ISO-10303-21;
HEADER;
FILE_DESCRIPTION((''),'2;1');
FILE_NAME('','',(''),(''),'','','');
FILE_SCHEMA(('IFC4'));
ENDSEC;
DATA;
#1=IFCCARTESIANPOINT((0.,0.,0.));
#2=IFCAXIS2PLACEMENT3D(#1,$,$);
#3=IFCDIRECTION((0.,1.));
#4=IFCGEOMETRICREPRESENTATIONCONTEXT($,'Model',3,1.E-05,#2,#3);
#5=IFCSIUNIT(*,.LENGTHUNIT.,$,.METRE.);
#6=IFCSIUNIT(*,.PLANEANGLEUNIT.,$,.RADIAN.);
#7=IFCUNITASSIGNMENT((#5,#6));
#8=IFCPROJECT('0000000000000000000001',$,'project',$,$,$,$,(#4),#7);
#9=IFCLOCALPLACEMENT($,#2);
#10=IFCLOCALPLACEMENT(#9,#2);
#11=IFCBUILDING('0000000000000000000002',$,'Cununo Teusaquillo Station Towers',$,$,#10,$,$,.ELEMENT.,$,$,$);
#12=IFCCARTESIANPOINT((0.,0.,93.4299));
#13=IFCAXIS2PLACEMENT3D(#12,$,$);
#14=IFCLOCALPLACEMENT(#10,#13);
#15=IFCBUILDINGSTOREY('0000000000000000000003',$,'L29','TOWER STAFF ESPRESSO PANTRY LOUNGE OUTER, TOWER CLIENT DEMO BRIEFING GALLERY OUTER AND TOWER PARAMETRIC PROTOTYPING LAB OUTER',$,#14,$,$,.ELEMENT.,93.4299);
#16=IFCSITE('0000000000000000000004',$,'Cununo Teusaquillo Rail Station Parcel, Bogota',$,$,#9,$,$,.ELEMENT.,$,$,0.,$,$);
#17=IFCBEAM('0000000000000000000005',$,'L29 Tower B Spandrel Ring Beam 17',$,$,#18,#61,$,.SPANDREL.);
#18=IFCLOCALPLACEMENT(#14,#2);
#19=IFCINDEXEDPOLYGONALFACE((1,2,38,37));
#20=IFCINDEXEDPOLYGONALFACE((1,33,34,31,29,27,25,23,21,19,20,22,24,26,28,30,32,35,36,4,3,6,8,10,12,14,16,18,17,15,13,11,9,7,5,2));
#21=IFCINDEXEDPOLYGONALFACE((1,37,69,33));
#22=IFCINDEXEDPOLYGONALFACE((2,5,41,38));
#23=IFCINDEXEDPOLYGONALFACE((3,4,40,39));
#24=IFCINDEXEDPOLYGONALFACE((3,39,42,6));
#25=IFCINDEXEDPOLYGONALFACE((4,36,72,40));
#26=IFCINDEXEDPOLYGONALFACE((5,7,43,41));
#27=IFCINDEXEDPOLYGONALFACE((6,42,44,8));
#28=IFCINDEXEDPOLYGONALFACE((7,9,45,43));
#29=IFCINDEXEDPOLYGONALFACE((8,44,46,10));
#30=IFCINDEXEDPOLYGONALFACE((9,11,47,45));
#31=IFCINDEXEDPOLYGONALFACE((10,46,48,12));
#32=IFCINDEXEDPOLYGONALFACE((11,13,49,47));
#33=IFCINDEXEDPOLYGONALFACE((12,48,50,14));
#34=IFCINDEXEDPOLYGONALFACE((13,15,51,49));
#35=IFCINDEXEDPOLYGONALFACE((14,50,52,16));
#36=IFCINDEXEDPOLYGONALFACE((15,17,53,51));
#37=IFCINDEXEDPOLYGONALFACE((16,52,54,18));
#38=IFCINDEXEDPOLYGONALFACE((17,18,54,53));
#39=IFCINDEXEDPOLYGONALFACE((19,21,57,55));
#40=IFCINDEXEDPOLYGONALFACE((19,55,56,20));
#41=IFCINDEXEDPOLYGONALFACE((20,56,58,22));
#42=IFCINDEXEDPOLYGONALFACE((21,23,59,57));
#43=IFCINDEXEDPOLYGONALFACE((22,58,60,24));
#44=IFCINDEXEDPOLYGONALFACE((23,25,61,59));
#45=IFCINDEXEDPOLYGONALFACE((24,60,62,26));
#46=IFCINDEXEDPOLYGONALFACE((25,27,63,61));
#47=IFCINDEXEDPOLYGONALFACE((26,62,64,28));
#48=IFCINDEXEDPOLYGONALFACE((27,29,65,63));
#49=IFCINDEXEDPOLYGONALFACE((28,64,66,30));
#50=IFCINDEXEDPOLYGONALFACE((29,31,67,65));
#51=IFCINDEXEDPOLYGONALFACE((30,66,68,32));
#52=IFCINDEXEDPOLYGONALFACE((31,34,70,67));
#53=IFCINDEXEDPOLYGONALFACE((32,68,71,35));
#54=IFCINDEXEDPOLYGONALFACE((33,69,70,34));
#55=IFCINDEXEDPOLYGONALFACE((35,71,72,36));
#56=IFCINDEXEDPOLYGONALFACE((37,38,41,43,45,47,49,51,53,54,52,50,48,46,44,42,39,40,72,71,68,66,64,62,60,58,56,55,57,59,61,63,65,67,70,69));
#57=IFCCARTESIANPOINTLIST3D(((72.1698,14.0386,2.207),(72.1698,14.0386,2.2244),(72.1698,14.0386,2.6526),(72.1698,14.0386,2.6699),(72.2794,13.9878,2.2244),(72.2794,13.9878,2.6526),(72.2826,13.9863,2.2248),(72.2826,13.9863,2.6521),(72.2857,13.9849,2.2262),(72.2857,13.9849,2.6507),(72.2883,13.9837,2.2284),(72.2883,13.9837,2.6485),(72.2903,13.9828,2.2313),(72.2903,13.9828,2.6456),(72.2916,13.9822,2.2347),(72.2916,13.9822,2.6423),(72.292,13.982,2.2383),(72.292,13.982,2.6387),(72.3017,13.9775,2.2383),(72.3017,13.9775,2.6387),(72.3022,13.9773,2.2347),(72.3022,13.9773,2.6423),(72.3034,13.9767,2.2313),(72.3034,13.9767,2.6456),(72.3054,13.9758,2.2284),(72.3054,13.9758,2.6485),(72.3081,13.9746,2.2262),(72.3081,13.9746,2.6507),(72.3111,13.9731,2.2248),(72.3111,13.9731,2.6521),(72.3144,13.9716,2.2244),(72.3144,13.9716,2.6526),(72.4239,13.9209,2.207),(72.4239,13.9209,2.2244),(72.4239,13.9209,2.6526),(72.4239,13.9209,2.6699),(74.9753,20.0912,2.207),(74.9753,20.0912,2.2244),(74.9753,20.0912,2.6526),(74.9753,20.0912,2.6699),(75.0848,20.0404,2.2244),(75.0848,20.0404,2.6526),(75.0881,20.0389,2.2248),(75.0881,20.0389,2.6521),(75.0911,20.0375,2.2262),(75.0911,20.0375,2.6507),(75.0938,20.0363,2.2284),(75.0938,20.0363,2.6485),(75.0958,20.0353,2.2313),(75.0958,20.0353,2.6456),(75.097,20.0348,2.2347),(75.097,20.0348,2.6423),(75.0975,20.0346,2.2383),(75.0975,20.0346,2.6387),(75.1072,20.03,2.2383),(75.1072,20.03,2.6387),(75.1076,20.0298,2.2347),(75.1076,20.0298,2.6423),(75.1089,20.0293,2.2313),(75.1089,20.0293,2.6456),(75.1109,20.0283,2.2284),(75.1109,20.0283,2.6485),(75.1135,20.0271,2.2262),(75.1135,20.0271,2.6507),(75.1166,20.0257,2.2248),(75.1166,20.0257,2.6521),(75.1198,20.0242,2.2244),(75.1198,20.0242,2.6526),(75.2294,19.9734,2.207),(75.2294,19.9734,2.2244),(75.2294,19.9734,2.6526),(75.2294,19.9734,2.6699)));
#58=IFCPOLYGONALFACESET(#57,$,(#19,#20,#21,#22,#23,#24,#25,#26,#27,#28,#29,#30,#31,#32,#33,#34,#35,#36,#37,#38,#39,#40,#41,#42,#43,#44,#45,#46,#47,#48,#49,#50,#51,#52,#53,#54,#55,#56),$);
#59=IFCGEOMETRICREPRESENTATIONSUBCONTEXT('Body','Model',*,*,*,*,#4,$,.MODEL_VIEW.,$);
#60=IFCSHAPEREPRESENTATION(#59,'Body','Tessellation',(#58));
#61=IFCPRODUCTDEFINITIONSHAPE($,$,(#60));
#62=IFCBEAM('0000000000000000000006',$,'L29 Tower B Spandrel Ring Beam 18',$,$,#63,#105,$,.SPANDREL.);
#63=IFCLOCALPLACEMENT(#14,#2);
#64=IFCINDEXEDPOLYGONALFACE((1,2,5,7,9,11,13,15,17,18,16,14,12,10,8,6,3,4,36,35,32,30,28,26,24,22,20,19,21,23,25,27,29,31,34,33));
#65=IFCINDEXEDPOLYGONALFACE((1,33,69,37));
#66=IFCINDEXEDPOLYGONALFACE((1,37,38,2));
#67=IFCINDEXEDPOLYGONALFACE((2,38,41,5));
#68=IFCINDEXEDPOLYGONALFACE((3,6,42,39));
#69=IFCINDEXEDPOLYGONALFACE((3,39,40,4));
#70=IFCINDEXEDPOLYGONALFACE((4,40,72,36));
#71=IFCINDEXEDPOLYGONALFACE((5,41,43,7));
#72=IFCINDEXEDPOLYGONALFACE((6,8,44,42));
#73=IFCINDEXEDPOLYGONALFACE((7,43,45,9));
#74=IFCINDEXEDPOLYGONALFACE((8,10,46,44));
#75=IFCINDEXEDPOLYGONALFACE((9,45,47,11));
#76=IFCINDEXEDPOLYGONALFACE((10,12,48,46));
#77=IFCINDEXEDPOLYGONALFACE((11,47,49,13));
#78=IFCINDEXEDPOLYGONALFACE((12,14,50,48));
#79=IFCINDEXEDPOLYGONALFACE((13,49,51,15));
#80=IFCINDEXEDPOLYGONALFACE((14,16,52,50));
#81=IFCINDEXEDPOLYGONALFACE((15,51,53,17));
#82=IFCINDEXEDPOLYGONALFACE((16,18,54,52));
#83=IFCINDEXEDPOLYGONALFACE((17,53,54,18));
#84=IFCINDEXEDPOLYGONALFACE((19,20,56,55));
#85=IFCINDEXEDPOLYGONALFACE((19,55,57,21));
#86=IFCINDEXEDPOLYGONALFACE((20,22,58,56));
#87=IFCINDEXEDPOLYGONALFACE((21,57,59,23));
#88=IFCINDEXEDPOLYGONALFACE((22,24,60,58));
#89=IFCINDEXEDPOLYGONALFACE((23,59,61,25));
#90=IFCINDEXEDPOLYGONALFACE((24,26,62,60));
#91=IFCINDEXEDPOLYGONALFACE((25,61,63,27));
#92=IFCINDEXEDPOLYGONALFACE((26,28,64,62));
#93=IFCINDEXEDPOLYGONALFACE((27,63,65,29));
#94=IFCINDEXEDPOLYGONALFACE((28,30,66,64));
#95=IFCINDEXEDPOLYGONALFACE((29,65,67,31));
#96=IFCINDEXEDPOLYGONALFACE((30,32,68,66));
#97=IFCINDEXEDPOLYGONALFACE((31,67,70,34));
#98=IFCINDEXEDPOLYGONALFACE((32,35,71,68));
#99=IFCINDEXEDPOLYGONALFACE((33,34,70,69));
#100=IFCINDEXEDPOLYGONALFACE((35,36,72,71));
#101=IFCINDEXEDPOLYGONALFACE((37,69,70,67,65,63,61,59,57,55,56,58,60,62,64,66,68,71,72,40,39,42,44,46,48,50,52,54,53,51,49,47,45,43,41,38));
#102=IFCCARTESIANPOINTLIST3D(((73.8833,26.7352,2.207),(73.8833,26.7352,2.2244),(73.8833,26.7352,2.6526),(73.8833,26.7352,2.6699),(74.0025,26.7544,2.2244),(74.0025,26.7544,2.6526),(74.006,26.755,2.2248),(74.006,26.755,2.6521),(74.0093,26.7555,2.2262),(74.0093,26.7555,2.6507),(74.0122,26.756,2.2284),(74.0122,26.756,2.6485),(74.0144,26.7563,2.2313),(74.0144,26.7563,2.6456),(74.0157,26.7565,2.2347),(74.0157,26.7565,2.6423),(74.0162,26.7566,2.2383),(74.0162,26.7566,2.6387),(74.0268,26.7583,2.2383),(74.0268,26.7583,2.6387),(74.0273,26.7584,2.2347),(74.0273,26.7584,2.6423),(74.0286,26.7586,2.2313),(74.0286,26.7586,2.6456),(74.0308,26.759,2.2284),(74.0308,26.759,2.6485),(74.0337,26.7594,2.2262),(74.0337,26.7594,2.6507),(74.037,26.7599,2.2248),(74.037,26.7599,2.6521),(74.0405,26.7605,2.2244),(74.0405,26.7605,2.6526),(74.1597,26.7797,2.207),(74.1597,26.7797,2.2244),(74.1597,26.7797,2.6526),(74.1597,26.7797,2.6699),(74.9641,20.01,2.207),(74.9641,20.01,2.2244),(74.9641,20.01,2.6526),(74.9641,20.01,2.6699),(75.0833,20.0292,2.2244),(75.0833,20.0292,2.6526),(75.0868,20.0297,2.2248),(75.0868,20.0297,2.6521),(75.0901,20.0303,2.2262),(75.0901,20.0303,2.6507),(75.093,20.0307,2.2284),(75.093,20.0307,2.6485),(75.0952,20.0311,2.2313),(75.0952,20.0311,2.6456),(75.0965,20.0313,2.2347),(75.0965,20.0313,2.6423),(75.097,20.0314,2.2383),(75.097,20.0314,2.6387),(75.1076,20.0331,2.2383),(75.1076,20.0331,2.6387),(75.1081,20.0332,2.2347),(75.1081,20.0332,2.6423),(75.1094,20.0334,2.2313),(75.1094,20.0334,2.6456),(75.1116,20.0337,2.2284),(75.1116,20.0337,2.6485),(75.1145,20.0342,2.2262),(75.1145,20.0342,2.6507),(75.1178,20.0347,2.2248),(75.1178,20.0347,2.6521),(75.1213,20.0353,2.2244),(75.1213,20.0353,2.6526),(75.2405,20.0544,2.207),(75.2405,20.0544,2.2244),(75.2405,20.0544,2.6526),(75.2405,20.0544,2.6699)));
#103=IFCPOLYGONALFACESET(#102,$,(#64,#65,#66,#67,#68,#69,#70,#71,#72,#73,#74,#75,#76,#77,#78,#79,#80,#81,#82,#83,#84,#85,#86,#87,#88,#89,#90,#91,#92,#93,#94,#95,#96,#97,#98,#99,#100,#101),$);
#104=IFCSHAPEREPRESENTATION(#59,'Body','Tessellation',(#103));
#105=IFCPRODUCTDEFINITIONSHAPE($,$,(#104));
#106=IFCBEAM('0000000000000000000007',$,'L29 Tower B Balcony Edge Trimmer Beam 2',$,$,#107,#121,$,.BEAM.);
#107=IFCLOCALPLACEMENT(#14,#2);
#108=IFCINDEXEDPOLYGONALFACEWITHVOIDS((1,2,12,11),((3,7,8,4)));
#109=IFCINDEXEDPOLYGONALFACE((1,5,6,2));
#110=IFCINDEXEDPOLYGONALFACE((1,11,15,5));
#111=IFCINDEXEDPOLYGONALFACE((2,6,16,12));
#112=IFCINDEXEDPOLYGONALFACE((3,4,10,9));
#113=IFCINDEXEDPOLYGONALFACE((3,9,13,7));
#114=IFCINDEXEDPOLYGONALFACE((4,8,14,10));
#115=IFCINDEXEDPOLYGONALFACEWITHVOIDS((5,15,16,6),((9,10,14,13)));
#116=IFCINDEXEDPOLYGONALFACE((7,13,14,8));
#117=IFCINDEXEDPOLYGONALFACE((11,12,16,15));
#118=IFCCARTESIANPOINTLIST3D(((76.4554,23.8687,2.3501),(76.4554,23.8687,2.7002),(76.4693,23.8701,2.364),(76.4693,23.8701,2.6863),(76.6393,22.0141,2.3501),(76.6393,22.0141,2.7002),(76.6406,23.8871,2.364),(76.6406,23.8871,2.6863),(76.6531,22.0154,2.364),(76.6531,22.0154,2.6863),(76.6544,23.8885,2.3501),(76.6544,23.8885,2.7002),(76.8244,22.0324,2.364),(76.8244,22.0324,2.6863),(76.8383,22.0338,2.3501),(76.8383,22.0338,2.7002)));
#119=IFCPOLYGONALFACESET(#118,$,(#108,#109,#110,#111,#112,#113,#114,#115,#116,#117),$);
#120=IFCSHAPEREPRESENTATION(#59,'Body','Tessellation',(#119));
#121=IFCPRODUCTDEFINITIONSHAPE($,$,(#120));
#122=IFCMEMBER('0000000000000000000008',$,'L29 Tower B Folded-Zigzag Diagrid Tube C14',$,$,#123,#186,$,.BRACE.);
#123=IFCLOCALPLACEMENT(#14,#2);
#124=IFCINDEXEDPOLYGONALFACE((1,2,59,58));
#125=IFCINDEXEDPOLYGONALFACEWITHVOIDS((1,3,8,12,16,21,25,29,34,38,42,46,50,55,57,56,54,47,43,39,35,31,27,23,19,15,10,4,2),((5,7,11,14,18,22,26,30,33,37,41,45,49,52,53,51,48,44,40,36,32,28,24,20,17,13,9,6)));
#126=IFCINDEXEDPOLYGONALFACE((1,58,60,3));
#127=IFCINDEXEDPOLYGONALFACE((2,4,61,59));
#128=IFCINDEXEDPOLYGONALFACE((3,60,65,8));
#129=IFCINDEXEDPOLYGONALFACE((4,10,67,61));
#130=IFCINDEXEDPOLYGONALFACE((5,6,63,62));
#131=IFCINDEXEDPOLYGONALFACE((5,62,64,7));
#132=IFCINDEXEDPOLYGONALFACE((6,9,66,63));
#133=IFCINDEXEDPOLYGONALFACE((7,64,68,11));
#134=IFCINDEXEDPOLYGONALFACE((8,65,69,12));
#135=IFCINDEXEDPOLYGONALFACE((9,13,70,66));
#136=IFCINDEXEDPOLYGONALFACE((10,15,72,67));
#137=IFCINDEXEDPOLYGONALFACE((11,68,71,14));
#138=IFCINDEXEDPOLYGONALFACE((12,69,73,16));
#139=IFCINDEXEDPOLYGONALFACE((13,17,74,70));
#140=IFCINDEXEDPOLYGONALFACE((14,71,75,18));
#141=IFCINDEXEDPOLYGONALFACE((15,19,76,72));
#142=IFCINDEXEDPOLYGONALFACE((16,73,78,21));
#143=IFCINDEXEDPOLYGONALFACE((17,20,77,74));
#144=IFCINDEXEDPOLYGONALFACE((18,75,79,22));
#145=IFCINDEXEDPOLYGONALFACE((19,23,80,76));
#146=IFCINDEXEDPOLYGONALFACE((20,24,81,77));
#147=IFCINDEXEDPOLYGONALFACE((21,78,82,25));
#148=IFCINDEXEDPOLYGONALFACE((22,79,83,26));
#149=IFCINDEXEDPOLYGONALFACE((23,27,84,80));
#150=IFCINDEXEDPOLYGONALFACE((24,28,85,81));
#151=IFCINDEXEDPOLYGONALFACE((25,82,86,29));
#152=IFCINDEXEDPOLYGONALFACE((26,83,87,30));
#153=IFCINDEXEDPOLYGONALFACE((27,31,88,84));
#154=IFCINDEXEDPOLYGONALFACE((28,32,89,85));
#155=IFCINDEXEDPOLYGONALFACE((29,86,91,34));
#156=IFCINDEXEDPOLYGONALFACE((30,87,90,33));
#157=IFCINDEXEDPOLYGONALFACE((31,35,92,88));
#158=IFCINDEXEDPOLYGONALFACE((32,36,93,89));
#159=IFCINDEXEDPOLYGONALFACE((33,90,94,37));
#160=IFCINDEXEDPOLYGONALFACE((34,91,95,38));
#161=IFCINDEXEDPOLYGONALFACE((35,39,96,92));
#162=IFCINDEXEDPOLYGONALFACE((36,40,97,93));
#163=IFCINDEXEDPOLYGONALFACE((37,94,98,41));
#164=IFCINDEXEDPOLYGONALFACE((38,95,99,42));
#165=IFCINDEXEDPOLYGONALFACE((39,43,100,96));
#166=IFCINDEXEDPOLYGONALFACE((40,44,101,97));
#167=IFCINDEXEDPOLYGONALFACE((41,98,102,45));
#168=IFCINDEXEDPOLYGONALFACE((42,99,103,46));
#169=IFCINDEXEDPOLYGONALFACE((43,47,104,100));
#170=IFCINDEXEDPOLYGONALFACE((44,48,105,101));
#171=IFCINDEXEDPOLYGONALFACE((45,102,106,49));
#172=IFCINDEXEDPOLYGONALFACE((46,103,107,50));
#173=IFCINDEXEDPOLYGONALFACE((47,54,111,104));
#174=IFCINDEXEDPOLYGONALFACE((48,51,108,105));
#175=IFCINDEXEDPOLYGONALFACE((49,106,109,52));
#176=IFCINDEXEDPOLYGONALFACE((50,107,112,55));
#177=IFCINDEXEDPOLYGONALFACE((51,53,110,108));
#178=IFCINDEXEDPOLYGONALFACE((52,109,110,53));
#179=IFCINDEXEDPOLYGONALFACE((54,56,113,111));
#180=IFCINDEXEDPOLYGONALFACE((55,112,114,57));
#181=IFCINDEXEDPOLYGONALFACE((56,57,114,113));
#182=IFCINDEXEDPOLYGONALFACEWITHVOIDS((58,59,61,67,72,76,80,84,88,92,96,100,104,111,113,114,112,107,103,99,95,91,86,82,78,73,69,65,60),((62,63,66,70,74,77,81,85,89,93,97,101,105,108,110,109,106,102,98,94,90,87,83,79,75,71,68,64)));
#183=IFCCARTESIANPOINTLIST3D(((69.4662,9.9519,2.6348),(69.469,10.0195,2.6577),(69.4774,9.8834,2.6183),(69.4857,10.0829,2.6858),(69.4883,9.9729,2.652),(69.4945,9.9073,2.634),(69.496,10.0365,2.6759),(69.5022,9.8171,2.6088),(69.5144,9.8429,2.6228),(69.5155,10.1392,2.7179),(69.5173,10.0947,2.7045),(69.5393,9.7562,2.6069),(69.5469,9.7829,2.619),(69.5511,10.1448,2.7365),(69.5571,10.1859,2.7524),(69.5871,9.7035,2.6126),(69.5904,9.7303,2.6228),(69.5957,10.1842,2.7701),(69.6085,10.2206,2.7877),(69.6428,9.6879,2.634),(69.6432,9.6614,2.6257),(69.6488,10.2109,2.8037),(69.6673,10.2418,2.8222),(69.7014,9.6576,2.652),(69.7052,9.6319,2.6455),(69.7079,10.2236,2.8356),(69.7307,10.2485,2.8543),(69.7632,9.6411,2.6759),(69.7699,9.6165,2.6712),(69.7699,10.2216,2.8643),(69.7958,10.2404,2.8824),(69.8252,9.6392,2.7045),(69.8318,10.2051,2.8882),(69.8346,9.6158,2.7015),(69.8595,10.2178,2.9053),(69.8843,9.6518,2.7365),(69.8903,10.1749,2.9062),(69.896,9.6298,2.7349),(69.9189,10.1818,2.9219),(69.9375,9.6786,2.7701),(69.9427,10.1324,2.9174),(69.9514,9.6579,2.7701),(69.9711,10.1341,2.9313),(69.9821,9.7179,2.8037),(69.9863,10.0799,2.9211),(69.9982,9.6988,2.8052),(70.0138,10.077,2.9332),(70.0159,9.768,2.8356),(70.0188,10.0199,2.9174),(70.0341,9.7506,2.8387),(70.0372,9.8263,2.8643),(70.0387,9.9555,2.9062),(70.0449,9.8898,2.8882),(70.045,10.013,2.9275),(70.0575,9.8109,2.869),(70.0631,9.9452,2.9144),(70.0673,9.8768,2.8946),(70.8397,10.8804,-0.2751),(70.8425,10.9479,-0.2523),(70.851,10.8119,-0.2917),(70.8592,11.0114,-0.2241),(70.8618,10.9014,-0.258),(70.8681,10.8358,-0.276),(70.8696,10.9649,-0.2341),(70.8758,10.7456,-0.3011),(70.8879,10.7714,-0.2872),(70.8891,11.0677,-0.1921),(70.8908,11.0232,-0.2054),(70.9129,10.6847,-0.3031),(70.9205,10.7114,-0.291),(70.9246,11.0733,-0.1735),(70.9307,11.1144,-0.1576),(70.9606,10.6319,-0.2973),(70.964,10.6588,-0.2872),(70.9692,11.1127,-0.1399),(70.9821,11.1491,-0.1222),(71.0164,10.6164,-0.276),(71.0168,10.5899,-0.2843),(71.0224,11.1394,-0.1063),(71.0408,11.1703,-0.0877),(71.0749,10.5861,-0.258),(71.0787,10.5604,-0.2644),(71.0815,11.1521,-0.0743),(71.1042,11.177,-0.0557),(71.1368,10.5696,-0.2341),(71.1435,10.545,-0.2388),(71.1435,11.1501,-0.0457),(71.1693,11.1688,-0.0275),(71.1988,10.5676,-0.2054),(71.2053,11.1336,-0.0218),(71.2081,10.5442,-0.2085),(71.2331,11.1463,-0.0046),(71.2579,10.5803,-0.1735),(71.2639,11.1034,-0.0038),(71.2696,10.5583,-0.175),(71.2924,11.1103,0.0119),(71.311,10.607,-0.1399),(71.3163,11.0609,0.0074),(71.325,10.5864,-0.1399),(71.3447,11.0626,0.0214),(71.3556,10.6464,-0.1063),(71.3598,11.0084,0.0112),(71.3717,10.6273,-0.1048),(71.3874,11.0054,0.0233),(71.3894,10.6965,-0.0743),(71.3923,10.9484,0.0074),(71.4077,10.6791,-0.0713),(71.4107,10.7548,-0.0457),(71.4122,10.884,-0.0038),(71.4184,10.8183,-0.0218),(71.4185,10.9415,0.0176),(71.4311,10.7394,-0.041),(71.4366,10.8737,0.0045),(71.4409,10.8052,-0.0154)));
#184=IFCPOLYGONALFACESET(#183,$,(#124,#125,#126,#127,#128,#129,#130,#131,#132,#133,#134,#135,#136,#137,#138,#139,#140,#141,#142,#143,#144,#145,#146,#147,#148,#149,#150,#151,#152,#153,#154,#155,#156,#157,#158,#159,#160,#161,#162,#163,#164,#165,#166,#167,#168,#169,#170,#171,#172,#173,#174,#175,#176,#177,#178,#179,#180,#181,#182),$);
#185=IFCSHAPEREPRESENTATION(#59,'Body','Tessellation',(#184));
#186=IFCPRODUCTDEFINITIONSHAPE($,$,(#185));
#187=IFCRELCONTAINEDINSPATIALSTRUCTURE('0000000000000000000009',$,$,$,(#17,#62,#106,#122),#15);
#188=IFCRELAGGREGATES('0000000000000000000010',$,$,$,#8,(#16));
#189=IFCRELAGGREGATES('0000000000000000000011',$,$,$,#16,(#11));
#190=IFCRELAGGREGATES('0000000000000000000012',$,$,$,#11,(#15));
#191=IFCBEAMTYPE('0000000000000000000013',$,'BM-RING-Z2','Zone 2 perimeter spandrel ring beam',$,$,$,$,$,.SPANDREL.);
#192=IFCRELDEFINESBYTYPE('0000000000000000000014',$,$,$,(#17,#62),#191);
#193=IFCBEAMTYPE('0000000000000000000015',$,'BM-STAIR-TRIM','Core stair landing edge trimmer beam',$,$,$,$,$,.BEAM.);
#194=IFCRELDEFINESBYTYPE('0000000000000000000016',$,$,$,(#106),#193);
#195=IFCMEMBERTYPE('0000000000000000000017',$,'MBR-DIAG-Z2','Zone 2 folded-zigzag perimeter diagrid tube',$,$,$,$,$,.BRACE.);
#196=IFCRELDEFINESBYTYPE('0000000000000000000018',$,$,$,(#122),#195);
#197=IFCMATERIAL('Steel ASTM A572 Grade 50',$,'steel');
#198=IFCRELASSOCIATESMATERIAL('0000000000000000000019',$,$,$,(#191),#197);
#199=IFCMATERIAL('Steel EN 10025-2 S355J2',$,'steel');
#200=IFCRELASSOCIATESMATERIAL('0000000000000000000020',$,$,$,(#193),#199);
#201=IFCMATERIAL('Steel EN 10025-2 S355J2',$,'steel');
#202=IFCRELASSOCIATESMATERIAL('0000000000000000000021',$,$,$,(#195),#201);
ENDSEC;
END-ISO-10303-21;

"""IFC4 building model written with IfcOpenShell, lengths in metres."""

from ifc_helpers import new_model, si_unit, direction, frame, origin, origin_2d, place, context, subcontext, project, spatial, hollow_rectangle, hollow_circle, i_section, extrude, material, material_profile, profile_set, type_object, element, save


model = new_model("IFC4")

# Units and contexts
model_context = context("Model", 3, precision=1e-05, world=origin(), true_north=direction((0.0, 1.0)))
body_context = subcontext(model_context, "Body", "Model", "MODEL_VIEW")
ifc_project = project(units=[si_unit("LENGTHUNIT", "METRE"), si_unit("PLANEANGLEUNIT", "RADIAN")], contexts=[model_context])

# Site, building, storey
site_placement = place(None, origin())
site = spatial("IfcSite", under=ifc_project, at=site_placement, Name="Cununo Teusaquillo Rail Station Parcel, Bogota", CompositionType="ELEMENT", RefElevation=0.0)
building_placement = place(site_placement, origin())
building = spatial("IfcBuilding", under=site, at=building_placement, Name="Cununo Teusaquillo Station Towers", CompositionType="ELEMENT")
storey_placement = place(building_placement, frame((0.0, 0.0, 93.4299)))
storey = spatial("IfcBuildingStorey", under=building, at=storey_placement, Name="L29", Description="TOWER STAFF ESPRESSO PANTRY LOUNGE OUTER, TOWER CLIENT DEMO BRIEFING GALLERY OUTER AND TOWER PARAMETRIC PROTOTYPING LAB OUTER", CompositionType="ELEMENT", Elevation=93.4299)

# Beams
ifc_material_1 = material(Name="Steel ASTM A572 Grade 50", Category="steel")
ifc_material_profile_1 = material_profile(ifc_material_1, i_section(OverallWidth=0.28, OverallDepth=0.4629, WebThickness=0.0107, FlangeThickness=0.0173, FilletRadius=0.0139, at=origin_2d()), Name="W18X76")
ifc_profile_set_1 = profile_set([ifc_material_profile_1], Name="Steel ASTM A572 Grade 50")
beam_type_1 = type_object("IfcBeamType", Name="BM-RING-Z2", Description="Zone 2 perimeter spandrel ring beam", PredefinedType="SPANDREL", material=ifc_profile_set_1)
beam_1_placement = place(storey_placement, frame((72.2969, 13.9797, 2.4385), z_axis=(0.420536, 0.907276, 0.0), x_axis=(-0.907276, 0.420536, 0.0)))
element("IfcBeam", 1, at=beam_1_placement, inside=storey, type_object=beam_type_1, Name="L29 Tower B Spandrel Ring Beam 17", PredefinedType="SPANDREL", context=body_context, shape_type="SweptSolid", body=[
    extrude(i_section(OverallWidth=0.28, OverallDepth=0.4629, WebThickness=0.0107, FlangeThickness=0.0173, FilletRadius=0.0139, at=origin_2d()), origin(), (0.0, 0.0, 1.0), 6.6711),
])
beam_2_placement = place(storey_placement, frame((75.1023, 20.0322, 2.4385), z_axis=(-0.158671, 0.987331, 0.0), x_axis=(-0.987331, -0.158671, 0.0)))
element("IfcBeam", 2, at=beam_2_placement, inside=storey, type_object=beam_type_1, Name="L29 Tower B Spandrel Ring Beam 18", PredefinedType="SPANDREL", context=body_context, shape_type="SweptSolid", body=[
    extrude(i_section(OverallWidth=0.28, OverallDepth=0.4629, WebThickness=0.0107, FlangeThickness=0.0173, FilletRadius=0.0139, at=origin_2d()), origin(), (0.0, 0.0, 1.0), 6.8115),
])
ifc_material_2 = material(Name="Steel EN 10025-2 S355J2", Category="steel")
ifc_material_profile_2 = material_profile(ifc_material_2, hollow_rectangle(XDim=0.2, YDim=0.3501, WallThickness=0.0139, at=origin_2d()), Name="RHS 350x200x14")
ifc_profile_set_2 = profile_set([ifc_material_profile_2], Name="Steel EN 10025-2 S355J2")
beam_type_2 = type_object("IfcBeamType", Name="BM-STAIR-TRIM", Description="Core stair landing edge trimmer beam", PredefinedType="BEAM", material=ifc_profile_set_2)
beam_3_placement = place(storey_placement, frame((76.7388, 22.0239, 2.5251), z_axis=(-0.098635, 0.995124, 0.0), x_axis=(-0.995124, -0.098635, 0.0)))
element("IfcBeam", 3, at=beam_3_placement, inside=storey, type_object=beam_type_2, Name="L29 Tower B Balcony Edge Trimmer Beam 2", PredefinedType="BEAM", context=body_context, shape_type="SweptSolid", body=[
    extrude(hollow_rectangle(XDim=0.2, YDim=0.3501, WallThickness=0.0139, at=origin_2d()), origin(), (0.0, 0.0, 1.0), 1.8638),
])

# Member
ifc_material_3 = material(Name="Steel EN 10025-2 S355J2", Category="steel")
ifc_material_profile_3 = material_profile(ifc_material_3, hollow_circle(Radius=0.3301, WallThickness=0.0249, at=origin_2d()), Name="CHS 660x25")
ifc_profile_set_3 = profile_set([ifc_material_profile_3], Name="Steel EN 10025-2 S355J2")
member_type = type_object("IfcMemberType", Name="MBR-DIAG-Z2", Description="Zone 2 folded-zigzag perimeter diagrid tube", PredefinedType="BRACE", material=ifc_profile_set_3)
member_1_placement = place(storey_placement, frame((71.1401, 10.8599, -0.1399), z_axis=(-0.410125, -0.277232, 0.868873), x_axis=(0.560024, -0.828476, 0.0)))
element("IfcMember", 4, at=member_1_placement, inside=storey, type_object=member_type, Name="L29 Tower B Folded-Zigzag Diagrid Tube C14", PredefinedType="BRACE", context=body_context, shape_type="SweptSolid", body=[
    extrude(hollow_circle(Radius=0.3301, WallThickness=0.0249, at=origin_2d()), origin(), (0.0, 0.0, 1.0), 3.3491),
])

save(model, "model.ifc")
